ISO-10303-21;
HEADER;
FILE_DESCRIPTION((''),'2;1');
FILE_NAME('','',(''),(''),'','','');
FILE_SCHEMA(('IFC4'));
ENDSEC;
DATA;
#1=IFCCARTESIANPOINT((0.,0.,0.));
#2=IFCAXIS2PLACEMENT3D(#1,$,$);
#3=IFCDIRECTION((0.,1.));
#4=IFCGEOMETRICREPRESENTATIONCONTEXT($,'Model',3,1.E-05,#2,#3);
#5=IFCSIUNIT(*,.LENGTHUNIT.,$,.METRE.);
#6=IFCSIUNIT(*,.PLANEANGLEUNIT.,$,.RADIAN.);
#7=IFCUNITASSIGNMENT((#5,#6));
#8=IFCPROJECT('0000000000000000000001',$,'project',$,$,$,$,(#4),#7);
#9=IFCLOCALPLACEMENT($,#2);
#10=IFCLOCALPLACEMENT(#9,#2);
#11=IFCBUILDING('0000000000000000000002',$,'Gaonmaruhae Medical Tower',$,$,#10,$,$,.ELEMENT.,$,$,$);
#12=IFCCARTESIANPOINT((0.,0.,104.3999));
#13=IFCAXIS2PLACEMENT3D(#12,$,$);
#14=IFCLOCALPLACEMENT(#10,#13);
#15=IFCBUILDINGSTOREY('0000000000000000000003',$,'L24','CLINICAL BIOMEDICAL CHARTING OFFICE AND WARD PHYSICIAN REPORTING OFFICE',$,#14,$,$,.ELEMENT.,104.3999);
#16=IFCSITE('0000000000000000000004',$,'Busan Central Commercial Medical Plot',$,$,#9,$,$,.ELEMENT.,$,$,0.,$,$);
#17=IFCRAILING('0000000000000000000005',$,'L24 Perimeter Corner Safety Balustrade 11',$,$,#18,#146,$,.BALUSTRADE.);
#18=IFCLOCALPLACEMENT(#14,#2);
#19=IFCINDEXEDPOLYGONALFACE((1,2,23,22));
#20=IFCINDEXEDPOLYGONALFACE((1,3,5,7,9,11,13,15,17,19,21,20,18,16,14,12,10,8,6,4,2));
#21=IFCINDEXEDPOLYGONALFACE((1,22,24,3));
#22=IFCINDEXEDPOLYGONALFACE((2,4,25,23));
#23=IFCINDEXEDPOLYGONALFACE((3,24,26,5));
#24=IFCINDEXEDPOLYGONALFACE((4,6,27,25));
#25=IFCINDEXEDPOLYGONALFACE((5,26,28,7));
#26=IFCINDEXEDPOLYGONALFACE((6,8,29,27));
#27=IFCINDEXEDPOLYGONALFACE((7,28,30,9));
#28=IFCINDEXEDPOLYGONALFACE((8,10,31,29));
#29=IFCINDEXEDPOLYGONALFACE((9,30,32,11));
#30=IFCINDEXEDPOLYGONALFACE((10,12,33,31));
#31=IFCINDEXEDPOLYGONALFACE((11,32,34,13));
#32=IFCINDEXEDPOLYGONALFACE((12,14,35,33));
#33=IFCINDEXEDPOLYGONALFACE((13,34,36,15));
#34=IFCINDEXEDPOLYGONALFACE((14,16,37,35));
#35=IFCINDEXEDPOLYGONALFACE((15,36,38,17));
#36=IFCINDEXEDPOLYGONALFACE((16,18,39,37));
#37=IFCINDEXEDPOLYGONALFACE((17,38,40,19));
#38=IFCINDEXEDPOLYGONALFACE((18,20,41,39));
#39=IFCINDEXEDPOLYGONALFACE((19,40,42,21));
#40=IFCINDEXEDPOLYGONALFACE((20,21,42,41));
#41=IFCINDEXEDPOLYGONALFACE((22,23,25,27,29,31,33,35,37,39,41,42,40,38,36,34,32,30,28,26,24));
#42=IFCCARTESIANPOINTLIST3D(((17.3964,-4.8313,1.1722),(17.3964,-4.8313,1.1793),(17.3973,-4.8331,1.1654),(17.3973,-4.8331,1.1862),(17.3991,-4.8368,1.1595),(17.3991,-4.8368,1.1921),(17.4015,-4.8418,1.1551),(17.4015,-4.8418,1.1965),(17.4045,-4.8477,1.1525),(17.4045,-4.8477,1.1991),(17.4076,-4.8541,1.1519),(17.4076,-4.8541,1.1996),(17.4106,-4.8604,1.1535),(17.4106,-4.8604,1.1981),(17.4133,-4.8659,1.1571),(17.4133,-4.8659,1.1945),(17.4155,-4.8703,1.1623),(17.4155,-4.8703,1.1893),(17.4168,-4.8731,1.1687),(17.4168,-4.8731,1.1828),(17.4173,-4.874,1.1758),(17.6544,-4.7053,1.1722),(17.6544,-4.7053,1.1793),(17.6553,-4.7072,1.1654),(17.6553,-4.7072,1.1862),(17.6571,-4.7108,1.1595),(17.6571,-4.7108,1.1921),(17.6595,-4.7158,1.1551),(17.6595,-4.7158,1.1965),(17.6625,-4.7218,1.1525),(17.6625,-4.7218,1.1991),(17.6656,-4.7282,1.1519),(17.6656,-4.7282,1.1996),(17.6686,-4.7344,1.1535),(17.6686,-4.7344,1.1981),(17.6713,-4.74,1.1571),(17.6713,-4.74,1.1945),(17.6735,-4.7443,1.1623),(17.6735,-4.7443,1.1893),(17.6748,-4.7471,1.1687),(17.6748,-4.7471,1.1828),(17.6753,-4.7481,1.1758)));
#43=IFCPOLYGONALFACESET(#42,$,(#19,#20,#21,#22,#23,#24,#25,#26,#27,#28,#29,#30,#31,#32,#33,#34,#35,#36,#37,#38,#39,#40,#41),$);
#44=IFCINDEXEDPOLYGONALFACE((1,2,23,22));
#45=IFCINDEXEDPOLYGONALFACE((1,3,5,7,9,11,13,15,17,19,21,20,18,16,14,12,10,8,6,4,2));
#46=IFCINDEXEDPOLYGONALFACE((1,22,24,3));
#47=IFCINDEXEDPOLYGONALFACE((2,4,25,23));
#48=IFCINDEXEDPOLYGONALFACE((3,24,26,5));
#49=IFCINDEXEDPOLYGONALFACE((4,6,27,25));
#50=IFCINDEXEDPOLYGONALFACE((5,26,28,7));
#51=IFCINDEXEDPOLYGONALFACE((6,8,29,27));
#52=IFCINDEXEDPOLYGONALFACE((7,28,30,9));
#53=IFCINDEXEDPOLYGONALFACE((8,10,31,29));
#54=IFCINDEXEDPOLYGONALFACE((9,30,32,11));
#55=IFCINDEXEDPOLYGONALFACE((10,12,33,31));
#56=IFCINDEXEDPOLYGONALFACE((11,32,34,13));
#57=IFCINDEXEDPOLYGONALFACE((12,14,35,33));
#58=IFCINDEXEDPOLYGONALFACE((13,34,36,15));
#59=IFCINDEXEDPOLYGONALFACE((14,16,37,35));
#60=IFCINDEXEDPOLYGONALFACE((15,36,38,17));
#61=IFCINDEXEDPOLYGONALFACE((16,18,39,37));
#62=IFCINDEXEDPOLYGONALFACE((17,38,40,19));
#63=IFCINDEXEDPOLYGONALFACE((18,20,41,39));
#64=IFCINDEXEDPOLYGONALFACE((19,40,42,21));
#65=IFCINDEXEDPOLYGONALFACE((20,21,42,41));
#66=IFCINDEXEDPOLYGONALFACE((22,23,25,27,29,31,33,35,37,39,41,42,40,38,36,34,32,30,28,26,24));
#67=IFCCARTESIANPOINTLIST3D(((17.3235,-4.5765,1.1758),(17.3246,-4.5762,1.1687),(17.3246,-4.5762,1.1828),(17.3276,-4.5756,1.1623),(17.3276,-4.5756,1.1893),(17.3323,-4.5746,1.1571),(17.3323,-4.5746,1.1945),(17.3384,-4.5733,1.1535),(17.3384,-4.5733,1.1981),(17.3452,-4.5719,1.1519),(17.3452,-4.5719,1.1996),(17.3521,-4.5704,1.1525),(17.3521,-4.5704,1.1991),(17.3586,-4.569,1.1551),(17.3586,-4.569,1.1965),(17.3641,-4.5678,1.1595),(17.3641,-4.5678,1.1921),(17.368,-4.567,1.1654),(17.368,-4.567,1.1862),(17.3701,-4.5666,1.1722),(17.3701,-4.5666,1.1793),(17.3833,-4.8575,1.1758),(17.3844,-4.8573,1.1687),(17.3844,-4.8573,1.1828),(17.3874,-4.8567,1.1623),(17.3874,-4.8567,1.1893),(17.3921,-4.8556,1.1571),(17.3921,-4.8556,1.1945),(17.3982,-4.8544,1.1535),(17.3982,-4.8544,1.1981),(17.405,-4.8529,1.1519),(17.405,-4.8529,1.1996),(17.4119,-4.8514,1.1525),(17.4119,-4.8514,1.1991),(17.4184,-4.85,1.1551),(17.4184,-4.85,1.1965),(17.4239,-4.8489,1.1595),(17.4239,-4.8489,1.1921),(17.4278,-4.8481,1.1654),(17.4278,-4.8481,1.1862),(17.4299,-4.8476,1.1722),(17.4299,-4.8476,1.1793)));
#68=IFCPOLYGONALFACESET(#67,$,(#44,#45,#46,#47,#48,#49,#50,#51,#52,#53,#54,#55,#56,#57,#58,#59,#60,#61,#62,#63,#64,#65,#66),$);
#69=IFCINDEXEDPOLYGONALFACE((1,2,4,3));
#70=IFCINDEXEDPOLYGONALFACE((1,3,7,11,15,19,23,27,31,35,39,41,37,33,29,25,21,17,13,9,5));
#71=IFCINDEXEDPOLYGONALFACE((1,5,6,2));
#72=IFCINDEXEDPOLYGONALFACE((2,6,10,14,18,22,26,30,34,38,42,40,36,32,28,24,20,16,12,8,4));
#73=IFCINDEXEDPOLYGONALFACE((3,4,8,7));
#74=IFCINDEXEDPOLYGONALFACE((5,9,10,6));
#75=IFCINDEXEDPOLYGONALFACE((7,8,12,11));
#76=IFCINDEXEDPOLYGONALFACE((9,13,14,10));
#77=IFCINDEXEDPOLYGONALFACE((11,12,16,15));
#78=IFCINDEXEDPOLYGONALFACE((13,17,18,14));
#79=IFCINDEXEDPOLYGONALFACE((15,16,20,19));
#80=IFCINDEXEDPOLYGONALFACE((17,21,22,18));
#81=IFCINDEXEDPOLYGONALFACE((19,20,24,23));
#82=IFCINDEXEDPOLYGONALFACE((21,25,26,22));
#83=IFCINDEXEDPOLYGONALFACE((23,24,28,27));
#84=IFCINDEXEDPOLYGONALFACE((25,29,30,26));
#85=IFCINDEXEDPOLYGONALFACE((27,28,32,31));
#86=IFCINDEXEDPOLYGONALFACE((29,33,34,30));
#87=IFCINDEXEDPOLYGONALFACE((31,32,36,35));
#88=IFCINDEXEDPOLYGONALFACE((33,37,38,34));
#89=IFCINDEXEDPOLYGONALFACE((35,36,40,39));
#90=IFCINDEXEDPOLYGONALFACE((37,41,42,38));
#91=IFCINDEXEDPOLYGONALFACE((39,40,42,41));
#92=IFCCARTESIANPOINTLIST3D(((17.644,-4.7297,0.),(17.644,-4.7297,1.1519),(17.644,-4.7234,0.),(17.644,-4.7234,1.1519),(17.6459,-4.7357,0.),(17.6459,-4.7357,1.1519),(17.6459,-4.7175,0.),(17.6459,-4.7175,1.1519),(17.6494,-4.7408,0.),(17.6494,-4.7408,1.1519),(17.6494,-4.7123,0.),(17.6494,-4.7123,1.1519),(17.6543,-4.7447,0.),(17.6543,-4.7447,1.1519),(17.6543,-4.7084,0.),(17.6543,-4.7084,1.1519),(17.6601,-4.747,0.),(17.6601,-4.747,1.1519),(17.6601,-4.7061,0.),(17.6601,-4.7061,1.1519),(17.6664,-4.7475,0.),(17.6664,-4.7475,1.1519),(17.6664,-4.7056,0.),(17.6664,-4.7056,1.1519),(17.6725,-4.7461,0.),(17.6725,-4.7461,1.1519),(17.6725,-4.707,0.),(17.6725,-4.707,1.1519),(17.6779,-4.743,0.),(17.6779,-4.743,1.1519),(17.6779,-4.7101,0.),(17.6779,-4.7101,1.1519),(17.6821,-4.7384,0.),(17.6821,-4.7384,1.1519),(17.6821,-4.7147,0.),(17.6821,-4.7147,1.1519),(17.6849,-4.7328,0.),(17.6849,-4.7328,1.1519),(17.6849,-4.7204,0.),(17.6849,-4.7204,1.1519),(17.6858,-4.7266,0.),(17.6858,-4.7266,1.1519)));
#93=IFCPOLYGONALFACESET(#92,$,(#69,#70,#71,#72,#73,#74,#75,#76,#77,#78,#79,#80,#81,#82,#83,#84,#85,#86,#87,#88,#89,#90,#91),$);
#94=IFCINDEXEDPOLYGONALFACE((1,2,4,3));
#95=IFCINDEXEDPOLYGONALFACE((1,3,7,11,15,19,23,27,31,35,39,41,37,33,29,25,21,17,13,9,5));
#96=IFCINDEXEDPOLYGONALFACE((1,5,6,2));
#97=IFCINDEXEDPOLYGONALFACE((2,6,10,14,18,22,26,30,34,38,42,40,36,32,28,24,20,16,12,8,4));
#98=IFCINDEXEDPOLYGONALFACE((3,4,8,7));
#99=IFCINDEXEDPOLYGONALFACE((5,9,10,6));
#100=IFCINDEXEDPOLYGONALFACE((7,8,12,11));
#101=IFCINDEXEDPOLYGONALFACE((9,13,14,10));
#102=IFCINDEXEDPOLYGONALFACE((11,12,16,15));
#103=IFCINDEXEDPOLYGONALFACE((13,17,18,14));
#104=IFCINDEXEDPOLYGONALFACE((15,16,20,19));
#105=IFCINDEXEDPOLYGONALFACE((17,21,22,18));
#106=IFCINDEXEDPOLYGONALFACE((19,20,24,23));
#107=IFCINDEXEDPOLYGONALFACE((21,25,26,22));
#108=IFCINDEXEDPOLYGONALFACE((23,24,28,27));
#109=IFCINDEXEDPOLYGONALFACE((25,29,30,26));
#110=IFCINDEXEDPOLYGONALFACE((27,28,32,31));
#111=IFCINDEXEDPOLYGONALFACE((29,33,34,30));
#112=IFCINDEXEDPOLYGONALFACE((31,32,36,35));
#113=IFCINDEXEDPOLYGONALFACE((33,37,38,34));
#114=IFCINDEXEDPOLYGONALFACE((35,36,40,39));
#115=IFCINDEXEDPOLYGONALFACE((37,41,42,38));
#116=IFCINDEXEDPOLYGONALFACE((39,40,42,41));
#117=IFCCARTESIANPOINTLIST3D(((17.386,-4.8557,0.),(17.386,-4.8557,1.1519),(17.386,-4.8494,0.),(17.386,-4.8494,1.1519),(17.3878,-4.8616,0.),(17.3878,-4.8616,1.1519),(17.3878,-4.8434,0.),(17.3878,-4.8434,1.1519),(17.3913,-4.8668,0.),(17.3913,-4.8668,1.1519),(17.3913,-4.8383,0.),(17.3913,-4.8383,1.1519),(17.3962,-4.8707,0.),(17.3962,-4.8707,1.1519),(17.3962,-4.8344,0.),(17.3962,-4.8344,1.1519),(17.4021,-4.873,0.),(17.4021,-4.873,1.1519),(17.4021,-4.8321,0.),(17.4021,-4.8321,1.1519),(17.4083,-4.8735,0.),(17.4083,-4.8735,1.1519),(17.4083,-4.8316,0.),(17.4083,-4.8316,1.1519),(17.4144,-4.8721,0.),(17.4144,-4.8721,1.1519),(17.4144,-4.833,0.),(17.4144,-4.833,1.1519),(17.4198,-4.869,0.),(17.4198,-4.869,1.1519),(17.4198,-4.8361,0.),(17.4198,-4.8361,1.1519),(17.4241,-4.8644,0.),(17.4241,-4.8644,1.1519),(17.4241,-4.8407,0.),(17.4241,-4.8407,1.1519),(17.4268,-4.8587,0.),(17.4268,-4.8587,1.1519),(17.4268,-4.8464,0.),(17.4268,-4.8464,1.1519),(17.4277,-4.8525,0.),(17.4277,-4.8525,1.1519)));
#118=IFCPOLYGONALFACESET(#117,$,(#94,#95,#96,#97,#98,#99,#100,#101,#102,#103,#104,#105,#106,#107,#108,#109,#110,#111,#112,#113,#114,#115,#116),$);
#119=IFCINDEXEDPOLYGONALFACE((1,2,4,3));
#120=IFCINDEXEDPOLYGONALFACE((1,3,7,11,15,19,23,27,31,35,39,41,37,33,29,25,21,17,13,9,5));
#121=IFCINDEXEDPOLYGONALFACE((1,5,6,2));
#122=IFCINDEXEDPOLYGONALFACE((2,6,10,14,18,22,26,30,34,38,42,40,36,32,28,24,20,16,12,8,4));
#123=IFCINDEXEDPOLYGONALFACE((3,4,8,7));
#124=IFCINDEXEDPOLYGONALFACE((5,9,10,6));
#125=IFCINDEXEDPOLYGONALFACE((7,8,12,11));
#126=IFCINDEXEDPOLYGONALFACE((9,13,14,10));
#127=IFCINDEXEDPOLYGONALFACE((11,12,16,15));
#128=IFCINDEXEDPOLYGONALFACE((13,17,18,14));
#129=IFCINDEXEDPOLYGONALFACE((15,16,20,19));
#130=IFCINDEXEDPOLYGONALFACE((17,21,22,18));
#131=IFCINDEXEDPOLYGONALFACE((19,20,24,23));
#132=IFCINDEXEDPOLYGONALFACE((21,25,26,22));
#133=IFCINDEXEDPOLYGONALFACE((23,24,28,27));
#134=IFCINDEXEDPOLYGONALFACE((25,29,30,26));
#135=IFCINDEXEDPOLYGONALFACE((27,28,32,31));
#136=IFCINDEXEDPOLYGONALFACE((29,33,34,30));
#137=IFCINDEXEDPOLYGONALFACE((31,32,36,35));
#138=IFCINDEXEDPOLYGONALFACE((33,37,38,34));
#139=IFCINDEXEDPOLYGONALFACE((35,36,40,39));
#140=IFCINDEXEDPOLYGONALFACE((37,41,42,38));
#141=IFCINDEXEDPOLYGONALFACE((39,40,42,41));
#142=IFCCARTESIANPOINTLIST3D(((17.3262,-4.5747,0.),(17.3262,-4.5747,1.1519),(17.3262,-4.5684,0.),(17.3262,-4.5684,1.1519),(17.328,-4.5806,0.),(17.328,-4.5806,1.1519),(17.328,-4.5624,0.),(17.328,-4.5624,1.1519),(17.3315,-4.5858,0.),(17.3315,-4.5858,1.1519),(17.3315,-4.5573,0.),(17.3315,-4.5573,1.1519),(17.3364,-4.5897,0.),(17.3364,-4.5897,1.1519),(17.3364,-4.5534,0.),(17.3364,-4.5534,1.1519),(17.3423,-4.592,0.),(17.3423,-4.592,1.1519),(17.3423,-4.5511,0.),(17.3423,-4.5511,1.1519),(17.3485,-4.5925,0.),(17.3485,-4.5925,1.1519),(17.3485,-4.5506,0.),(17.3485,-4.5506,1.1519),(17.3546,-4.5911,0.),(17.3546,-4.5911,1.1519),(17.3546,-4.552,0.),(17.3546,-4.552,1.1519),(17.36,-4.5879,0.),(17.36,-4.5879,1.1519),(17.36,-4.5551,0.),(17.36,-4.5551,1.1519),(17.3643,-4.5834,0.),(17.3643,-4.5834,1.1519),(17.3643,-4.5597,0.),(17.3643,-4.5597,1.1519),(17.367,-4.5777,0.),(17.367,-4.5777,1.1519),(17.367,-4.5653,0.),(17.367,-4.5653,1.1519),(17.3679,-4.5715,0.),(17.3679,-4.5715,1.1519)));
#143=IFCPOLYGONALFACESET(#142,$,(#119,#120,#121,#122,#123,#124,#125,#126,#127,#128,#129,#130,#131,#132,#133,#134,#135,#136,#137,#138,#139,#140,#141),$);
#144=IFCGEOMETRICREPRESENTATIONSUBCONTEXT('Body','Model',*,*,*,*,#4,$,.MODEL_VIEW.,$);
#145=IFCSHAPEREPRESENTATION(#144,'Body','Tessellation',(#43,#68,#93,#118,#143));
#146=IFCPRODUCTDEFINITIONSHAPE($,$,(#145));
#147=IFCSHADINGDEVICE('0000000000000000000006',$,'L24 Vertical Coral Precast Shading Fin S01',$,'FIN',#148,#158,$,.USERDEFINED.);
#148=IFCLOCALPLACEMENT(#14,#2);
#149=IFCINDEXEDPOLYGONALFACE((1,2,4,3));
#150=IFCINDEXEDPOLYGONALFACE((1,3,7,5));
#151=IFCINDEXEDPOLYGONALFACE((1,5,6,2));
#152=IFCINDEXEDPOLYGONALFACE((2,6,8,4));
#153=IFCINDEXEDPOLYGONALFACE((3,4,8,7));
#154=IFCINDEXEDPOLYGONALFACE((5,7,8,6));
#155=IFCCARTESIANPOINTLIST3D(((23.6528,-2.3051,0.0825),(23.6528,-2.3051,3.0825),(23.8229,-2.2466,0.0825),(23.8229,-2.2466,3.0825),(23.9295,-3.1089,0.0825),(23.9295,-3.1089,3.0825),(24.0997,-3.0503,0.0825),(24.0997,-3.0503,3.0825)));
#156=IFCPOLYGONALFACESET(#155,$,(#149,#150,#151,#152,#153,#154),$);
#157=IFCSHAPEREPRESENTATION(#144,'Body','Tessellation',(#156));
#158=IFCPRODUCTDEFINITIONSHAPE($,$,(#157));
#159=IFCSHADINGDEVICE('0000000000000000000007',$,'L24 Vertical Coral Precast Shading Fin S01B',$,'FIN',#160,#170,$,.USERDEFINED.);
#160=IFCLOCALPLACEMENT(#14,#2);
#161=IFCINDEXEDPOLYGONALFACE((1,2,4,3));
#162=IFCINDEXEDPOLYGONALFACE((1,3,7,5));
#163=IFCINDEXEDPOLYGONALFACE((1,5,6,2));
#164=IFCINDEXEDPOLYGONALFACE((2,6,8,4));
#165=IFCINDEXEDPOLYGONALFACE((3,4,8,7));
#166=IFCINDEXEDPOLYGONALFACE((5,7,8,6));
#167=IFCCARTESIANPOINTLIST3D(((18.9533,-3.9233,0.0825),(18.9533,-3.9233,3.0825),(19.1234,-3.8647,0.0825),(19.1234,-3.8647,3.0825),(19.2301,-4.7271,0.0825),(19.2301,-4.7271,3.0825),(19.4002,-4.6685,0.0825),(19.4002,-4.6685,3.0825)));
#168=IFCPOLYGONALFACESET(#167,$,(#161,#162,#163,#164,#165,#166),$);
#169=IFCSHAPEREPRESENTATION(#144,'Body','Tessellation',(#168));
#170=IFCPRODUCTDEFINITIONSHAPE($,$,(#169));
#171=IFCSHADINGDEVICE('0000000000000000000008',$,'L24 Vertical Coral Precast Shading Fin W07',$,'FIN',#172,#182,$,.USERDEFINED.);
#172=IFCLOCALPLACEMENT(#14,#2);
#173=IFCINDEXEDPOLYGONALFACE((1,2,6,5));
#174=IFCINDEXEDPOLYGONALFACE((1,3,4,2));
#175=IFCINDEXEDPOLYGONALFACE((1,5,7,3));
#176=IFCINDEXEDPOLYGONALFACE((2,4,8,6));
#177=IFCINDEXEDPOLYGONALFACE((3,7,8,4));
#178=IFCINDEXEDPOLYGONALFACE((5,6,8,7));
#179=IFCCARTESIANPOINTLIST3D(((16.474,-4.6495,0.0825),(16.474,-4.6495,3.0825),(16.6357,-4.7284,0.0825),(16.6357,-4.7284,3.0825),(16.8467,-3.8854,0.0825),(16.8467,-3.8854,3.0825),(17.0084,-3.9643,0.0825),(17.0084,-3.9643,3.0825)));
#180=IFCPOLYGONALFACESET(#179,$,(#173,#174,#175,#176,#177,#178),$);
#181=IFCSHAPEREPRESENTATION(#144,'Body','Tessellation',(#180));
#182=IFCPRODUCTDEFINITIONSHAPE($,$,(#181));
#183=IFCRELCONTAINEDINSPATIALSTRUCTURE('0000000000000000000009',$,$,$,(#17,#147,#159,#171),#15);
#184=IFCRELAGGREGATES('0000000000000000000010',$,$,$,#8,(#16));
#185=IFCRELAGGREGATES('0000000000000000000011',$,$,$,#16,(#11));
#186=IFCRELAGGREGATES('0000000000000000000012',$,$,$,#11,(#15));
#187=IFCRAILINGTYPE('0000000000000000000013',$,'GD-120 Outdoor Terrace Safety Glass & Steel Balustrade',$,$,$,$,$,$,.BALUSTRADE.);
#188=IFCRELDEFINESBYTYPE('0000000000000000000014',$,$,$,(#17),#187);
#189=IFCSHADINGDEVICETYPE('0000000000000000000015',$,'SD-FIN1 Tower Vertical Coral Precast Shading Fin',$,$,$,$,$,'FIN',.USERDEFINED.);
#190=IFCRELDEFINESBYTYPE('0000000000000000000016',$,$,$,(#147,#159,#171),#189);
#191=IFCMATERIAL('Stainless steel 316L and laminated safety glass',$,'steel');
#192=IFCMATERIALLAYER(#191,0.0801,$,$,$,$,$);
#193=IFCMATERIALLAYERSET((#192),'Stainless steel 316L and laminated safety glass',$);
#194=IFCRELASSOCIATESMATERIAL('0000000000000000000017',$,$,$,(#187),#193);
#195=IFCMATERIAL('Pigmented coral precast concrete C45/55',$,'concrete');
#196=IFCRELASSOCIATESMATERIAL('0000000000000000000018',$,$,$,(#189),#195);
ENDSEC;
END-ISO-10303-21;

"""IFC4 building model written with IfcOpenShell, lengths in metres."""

from ifc_helpers import new_model, si_unit, direction, frame, origin, origin_2d, place, context, subcontext, project, spatial, rectangle, circle, extrude, material, layer, layer_set, type_object, element, save


model = new_model("IFC4")

# Units and contexts
model_context = context("Model", 3, precision=1e-05, world=origin(), true_north=direction((0.0, 1.0)))
body_context = subcontext(model_context, "Body", "Model", "MODEL_VIEW")
ifc_project = project(units=[si_unit("LENGTHUNIT", "METRE"), si_unit("PLANEANGLEUNIT", "RADIAN")], contexts=[model_context])

# Site, building, storey
site_placement = place(None, origin())
site = spatial("IfcSite", under=ifc_project, at=site_placement, Name="Busan Central Commercial Medical Plot", CompositionType="ELEMENT", RefElevation=0.0)
building_placement = place(site_placement, origin())
building = spatial("IfcBuilding", under=site, at=building_placement, Name="Gaonmaruhae Medical Tower", CompositionType="ELEMENT")
storey_placement = place(building_placement, frame((0.0, 0.0, 104.3999)))
storey = spatial("IfcBuildingStorey", under=building, at=storey_placement, Name="L24", Description="CLINICAL BIOMEDICAL CHARTING OFFICE AND WARD PHYSICIAN REPORTING OFFICE", CompositionType="ELEMENT", Elevation=104.3999)

# Railing
ifc_material_1 = material(Name="Stainless steel 316L and laminated safety glass", Category="steel")
ifc_layer_1 = layer(ifc_material_1, 0.0801)
ifc_layer_set_1 = layer_set([ifc_layer_1], Name="Stainless steel 316L and laminated safety glass")
railing_type_1 = type_object("IfcRailingType", Name="GD-120 Outdoor Terrace Safety Glass & Steel Balustrade", PredefinedType="BALUSTRADE", material=ifc_layer_set_1)
railing_1_placement = place(storey_placement, frame((17.6648, -4.7266, 0.0)))
element("IfcRailing", 1, at=railing_1_placement, inside=storey, type_object=railing_type_1, Name="L24 Perimeter Corner Safety Balustrade 11", PredefinedType="BALUSTRADE", context=body_context, shape_type="SweptSolid", body=[
    extrude(circle(Radius=0.0239, at=origin_2d()), frame((0.0, 0.0, 1.1758), z_axis=(-0.898638, -0.438692, 0.0), x_axis=(0.438692, -0.898638, 0.0)), (0.0, 0.0, 1.0), 0.2871),
    extrude(circle(Radius=0.0239, at=origin_2d()), frame((-0.2581, -0.126, 1.1758), z_axis=(-0.208194, 0.978088, 0.0), x_axis=(-0.978088, -0.208194, 0.0)), (0.0, 0.0, 1.0), 0.2874),
    extrude(circle(Radius=0.021, at=origin_2d()), origin(), (0.0, 0.0, 1.0), 1.1519),
    extrude(circle(Radius=0.021, at=origin_2d()), frame((-0.2581, -0.126, 0.0)), (0.0, 0.0, 1.0), 1.1519),
    extrude(circle(Radius=0.021, at=origin_2d()), frame((-0.3179, 0.155, 0.0)), (0.0, 0.0, 1.0), 1.1519),
])

# Shading devices
ifc_material_2 = material(Name="Pigmented coral precast concrete C45/55", Category="concrete")
shading_device_type = type_object("IfcShadingDeviceType", Name="SD-FIN1 Tower Vertical Coral Precast Shading Fin", ElementType="FIN", PredefinedType="USERDEFINED", material=ifc_material_2)
for number, where, z_axis, x_axis, name in (
    (2, (23.8762, -2.6777, 0.0825), (0.0, 0.0, 1.0), (-0.945519, -0.325568, 0.0), "L24 Vertical Coral Precast Shading Fin S01"),
    (3, (19.1768, -4.2959, 0.0825), (0.0, 0.0, 1.0), (-0.945519, -0.325568, 0.0), "L24 Vertical Coral Precast Shading Fin S01B"),
    (4, (16.7412, -4.3069, 0.0825), (0.0, 0.0, 1.0), (-0.898786, 0.438387, 0.0), "L24 Vertical Coral Precast Shading Fin W07"),
):
    element("IfcShadingDevice", number, at=place(storey_placement, frame(where, z_axis=z_axis, x_axis=x_axis)), inside=storey, type_object=shading_device_type, Name=name, ObjectType="FIN", PredefinedType="USERDEFINED", context=body_context, shape_type="SweptSolid", body=[
        extrude(rectangle(XDim=0.1799, YDim=0.8501, at=origin_2d()), origin(), (0.0, 0.0, 1.0), 3.0),
    ])

save(model, "model.ifc")
